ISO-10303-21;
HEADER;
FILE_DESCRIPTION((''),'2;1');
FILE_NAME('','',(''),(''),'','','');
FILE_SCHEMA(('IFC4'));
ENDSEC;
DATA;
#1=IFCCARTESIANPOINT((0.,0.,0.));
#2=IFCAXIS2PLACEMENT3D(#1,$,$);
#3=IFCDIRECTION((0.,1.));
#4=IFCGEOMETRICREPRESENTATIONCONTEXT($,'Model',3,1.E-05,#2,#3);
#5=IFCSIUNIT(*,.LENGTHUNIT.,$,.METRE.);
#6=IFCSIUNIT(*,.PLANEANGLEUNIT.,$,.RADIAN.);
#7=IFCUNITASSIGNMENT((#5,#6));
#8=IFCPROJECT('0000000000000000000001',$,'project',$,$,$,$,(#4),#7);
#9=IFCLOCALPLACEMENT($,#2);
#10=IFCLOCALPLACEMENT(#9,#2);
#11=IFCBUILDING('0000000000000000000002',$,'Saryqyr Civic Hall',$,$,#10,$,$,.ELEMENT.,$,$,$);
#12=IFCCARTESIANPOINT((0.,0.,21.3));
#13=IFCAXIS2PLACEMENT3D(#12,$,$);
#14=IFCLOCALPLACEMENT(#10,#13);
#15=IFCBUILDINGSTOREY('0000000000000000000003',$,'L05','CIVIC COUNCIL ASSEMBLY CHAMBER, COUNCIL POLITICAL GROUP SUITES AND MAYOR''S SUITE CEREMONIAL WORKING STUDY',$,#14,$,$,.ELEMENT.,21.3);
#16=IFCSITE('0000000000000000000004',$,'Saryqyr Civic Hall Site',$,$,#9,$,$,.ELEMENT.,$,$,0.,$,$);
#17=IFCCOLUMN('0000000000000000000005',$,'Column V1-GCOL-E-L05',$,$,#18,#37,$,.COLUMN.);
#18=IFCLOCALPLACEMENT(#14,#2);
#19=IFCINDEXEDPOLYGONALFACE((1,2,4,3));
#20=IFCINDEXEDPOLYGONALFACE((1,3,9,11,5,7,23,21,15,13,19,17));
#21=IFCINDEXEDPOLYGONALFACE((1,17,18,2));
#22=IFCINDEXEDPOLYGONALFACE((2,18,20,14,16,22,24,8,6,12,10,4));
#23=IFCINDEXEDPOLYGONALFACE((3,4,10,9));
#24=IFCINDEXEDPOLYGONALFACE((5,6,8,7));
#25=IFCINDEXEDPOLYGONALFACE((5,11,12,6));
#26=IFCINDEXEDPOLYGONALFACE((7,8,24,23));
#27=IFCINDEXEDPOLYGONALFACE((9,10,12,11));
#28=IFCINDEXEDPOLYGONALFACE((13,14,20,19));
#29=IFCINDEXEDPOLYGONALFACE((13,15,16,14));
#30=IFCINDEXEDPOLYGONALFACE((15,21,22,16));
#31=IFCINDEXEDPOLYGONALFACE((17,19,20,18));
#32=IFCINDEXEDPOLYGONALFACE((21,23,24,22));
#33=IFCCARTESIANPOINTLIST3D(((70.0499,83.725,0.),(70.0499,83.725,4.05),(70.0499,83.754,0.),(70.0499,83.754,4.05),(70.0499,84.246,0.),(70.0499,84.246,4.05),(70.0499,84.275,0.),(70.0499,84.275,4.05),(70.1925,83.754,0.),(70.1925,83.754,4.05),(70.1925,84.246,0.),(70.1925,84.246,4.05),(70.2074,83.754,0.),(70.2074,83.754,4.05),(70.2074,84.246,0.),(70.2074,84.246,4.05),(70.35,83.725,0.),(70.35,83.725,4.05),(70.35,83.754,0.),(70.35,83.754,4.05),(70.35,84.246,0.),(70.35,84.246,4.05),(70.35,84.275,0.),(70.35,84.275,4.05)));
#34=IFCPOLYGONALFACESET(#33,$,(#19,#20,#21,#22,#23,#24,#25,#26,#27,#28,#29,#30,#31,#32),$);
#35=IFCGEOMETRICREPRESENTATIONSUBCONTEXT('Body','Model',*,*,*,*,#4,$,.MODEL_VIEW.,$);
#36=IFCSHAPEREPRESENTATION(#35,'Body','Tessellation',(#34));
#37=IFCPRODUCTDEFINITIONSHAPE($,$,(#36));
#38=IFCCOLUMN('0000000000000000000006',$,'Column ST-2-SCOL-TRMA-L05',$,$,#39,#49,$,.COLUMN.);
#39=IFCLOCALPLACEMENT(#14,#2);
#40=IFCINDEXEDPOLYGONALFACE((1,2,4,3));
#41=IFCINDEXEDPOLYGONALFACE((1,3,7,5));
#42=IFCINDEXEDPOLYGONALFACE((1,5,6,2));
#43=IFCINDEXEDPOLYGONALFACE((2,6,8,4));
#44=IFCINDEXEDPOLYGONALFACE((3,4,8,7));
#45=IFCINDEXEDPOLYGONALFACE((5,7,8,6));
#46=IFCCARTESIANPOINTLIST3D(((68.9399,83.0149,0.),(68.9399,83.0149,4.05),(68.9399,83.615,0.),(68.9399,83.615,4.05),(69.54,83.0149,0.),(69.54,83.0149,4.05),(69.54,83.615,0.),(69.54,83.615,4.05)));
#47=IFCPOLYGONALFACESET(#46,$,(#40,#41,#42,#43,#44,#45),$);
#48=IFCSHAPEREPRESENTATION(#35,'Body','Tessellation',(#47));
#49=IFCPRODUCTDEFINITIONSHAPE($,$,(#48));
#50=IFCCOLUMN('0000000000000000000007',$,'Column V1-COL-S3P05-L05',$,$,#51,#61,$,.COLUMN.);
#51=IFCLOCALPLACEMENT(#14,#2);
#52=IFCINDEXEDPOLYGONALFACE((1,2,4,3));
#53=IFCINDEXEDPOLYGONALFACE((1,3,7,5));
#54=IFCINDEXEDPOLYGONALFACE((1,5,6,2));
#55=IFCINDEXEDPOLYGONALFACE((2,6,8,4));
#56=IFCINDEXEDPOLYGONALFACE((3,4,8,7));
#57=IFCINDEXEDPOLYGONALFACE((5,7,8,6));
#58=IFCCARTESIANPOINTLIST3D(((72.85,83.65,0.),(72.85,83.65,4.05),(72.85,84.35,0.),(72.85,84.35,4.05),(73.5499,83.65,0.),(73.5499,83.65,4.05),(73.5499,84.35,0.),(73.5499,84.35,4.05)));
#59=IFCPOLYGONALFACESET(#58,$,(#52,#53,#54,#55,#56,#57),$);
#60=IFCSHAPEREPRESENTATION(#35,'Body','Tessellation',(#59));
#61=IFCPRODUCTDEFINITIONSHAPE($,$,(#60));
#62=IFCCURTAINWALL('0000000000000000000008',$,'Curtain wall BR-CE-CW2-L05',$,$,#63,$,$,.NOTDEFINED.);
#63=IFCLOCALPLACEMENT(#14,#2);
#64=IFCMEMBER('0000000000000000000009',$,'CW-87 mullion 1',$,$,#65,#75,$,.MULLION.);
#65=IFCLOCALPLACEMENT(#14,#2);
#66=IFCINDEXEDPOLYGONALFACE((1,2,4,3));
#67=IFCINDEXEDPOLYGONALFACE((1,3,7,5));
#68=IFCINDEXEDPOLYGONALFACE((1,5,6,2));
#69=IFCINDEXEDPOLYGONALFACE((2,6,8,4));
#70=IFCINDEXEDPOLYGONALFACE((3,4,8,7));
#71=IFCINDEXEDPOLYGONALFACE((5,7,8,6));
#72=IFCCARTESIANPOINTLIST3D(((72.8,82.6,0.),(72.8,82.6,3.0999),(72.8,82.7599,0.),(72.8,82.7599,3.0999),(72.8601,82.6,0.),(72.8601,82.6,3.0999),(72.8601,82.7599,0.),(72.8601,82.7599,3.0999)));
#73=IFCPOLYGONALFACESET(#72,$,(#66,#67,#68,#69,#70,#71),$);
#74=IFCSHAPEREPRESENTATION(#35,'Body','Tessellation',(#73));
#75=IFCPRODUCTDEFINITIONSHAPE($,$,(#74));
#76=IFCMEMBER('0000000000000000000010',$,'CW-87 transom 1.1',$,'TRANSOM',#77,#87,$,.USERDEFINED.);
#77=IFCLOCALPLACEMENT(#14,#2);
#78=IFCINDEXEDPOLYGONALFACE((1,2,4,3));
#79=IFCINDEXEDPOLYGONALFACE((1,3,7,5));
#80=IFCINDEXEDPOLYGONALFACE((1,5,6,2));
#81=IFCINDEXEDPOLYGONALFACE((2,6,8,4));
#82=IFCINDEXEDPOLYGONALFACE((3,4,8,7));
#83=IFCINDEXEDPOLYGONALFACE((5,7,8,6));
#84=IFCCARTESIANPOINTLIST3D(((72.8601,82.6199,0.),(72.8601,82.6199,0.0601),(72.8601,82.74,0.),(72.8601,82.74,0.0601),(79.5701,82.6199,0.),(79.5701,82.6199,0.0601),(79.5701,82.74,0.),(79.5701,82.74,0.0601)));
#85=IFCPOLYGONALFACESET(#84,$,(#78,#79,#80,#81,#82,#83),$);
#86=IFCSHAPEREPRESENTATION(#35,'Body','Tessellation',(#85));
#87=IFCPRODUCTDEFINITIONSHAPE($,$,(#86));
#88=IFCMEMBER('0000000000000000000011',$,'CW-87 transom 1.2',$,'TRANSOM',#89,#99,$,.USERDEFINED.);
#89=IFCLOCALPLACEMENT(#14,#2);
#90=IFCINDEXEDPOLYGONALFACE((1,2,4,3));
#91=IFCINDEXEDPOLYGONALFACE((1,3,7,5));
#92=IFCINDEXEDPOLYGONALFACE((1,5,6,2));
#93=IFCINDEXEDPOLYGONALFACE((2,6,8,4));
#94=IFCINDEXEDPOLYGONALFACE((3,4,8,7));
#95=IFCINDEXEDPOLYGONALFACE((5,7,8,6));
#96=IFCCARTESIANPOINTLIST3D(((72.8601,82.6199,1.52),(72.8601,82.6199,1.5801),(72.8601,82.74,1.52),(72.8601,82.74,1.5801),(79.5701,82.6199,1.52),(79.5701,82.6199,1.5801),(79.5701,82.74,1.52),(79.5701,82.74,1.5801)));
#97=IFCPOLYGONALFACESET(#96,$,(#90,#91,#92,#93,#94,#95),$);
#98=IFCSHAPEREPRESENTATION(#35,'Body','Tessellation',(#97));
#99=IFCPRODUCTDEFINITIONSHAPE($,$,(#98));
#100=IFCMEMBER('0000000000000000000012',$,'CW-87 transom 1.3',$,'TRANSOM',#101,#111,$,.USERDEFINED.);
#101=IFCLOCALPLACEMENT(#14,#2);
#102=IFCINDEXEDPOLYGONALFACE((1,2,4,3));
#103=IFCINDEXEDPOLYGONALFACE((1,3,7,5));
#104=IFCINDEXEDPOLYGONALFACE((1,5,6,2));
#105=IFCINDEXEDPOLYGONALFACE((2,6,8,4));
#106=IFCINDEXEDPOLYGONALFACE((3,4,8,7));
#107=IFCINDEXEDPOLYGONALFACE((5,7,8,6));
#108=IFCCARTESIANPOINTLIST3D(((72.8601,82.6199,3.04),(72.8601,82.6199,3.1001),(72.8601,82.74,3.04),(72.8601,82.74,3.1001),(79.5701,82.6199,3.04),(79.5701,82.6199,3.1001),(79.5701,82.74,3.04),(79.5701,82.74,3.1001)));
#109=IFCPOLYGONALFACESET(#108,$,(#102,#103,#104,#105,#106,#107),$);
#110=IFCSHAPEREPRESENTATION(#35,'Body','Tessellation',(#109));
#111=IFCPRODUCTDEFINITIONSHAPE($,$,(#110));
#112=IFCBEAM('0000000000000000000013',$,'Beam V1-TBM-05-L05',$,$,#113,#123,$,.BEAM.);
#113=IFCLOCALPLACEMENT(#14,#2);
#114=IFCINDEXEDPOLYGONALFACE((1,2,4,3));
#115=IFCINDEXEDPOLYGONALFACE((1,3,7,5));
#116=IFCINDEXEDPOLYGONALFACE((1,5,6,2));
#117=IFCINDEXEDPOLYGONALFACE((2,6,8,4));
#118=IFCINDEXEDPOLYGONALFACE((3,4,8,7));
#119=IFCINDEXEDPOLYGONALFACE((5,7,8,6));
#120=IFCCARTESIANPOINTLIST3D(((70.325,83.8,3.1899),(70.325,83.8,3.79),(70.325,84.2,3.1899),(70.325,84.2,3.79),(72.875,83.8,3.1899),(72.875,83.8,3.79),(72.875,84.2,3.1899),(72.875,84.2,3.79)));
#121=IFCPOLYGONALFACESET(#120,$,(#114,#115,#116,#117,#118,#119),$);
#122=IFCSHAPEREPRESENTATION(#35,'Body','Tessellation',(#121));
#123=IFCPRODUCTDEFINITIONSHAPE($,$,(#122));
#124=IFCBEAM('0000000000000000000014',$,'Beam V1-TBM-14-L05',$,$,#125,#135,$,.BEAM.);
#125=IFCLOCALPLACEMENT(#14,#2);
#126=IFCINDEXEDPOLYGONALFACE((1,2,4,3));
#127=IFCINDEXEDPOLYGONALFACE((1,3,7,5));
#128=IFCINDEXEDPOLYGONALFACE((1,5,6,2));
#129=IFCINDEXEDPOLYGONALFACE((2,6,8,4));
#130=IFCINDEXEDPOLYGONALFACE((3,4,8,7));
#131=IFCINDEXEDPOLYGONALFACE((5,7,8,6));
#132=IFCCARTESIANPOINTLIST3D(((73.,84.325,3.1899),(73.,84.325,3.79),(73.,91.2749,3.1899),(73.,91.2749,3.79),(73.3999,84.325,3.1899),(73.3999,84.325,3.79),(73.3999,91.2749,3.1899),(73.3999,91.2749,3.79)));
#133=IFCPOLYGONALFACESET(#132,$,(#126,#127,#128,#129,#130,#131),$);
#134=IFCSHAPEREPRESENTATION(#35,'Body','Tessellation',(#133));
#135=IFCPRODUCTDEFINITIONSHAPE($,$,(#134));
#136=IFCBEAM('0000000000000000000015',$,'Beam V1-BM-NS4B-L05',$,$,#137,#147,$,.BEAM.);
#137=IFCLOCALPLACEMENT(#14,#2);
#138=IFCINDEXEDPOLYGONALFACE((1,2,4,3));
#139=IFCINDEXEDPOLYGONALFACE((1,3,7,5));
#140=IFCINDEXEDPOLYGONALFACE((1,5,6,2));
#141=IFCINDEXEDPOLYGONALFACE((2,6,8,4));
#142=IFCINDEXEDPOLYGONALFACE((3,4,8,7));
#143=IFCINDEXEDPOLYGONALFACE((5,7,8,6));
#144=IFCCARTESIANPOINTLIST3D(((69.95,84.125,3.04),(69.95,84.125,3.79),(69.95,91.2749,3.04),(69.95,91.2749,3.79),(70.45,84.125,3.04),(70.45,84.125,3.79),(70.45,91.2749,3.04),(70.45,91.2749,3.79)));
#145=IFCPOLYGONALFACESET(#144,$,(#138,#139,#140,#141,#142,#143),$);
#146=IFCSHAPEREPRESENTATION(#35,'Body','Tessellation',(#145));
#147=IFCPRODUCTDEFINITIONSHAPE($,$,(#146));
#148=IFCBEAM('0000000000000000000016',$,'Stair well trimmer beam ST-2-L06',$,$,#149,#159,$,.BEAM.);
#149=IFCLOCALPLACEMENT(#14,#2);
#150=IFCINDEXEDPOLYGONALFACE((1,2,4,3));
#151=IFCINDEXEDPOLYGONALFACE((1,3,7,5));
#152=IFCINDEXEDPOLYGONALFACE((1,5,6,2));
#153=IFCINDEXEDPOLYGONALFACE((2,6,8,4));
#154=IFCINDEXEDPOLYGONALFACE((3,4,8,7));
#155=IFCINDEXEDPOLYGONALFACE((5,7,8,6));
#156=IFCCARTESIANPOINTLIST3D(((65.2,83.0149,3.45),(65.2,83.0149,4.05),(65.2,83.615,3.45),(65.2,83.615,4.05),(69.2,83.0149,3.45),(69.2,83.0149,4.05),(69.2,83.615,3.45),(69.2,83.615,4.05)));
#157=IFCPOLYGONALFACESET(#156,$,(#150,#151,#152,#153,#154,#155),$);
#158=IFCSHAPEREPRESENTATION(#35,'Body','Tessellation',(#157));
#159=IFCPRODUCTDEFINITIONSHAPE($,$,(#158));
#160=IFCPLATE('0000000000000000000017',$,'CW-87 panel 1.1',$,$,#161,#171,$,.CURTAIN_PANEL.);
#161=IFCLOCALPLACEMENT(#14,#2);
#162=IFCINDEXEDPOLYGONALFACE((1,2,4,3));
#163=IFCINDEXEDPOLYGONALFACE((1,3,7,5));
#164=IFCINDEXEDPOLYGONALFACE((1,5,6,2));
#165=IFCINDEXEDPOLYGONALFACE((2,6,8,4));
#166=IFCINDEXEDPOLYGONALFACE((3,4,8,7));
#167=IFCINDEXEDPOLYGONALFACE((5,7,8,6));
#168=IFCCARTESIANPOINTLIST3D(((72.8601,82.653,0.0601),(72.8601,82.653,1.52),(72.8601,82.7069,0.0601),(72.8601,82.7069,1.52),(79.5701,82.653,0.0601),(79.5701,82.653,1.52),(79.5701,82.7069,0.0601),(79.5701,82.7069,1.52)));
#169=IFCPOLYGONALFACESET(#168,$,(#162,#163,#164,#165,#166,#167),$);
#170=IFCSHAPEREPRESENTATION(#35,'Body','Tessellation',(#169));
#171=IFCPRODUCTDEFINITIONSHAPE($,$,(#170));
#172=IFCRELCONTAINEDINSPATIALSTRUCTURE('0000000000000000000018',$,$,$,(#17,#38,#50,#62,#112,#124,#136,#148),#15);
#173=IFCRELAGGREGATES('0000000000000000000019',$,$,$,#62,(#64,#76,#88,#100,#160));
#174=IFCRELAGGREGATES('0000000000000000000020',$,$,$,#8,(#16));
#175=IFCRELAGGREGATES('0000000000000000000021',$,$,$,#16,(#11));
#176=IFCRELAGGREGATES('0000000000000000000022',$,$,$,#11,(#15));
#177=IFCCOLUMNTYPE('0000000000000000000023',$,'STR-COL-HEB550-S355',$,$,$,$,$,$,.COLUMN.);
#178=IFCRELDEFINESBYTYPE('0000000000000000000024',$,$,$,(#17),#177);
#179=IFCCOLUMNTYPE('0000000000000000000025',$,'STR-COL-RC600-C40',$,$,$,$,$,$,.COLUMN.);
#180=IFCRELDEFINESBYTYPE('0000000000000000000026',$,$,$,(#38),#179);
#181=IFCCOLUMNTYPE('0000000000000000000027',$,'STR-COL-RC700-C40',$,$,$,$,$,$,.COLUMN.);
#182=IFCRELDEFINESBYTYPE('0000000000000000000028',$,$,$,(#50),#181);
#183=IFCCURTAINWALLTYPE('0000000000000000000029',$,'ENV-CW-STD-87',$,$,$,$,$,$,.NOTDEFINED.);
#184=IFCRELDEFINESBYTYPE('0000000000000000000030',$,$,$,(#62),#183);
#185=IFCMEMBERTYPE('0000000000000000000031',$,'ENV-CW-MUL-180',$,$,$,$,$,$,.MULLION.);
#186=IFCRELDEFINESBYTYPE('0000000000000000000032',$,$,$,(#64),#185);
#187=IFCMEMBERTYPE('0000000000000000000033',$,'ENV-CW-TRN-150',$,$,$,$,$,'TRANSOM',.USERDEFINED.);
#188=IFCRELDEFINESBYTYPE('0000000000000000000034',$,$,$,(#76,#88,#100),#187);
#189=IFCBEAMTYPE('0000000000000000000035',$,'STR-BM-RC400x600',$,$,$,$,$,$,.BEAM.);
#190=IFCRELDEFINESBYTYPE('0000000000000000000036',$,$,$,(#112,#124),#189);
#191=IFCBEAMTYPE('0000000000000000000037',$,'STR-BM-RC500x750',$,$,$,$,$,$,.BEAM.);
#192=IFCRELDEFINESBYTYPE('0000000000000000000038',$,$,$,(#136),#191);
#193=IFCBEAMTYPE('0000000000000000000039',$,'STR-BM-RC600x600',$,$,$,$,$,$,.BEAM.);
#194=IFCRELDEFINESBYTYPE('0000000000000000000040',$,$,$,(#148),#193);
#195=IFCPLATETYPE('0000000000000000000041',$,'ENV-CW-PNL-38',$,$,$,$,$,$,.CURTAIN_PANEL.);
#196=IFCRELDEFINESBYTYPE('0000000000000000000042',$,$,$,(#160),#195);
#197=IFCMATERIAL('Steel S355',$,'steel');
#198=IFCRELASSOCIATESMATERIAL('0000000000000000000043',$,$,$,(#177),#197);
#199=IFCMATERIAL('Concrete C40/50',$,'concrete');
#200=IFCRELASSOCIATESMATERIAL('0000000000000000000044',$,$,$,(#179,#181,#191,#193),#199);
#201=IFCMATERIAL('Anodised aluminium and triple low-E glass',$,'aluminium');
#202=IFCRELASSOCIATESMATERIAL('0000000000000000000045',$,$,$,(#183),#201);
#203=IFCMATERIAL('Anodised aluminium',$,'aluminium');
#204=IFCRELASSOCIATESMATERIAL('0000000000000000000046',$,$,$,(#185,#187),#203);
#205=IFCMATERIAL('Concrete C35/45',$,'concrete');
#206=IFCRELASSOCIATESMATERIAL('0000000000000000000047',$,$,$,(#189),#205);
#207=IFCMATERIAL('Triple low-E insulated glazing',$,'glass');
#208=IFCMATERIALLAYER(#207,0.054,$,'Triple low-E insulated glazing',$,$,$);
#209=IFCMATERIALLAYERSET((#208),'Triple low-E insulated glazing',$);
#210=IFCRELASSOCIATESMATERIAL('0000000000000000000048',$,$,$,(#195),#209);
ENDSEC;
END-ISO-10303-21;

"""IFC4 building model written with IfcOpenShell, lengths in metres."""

from ifc_helpers import new_model, si_unit, direction, frame, origin, origin_2d, place, context, subcontext, project, spatial, rectangle, i_section, extrude, material, layer, layer_set, material_profile, profile_set, type_object, element, aggregate, save


model = new_model("IFC4")

# Units and contexts
model_context = context("Model", 3, precision=1e-05, world=origin(), true_north=direction((0.0, 1.0)))
body_context = subcontext(model_context, "Body", "Model", "MODEL_VIEW")
ifc_project = project(units=[si_unit("LENGTHUNIT", "METRE"), si_unit("PLANEANGLEUNIT", "RADIAN")], contexts=[model_context])

# Site, building, storey
site_placement = place(None, origin())
site = spatial("IfcSite", under=ifc_project, at=site_placement, Name="Saryqyr Civic Hall Site", CompositionType="ELEMENT", RefElevation=0.0)
building_placement = place(site_placement, origin())
building = spatial("IfcBuilding", under=site, at=building_placement, Name="Saryqyr Civic Hall", CompositionType="ELEMENT")
storey_placement = place(building_placement, frame((0.0, 0.0, 21.3)))
storey = spatial("IfcBuildingStorey", under=building, at=storey_placement, Name="L05", Description="CIVIC COUNCIL ASSEMBLY CHAMBER, COUNCIL POLITICAL GROUP SUITES AND MAYOR'S SUITE CEREMONIAL WORKING STUDY", CompositionType="ELEMENT", Elevation=21.3)

# Columns
ifc_material_1 = material(Name="Steel S355", Category="steel")
ifc_material_profile_1 = material_profile(ifc_material_1, i_section(OverallWidth=0.3, OverallDepth=0.55, WebThickness=0.0149, FlangeThickness=0.0291, at=origin_2d()), Name="HEB 550")
ifc_profile_set_1 = profile_set([ifc_material_profile_1], Name="Steel S355")
column_type_1 = type_object("IfcColumnType", Name="STR-COL-HEB550-S355", PredefinedType="COLUMN", material=ifc_profile_set_1)
column_1_placement = place(storey_placement, frame((70.2, 84.0, 0.0), z_axis=(0.0, 0.0, 1.0), x_axis=(1.0, 0.0, 0.0)))
element("IfcColumn", 1, at=column_1_placement, inside=storey, type_object=column_type_1, Name="Column V1-GCOL-E-L05", PredefinedType="COLUMN", context=body_context, shape_type="SweptSolid", body=[
    extrude(i_section(OverallWidth=0.3, OverallDepth=0.55, WebThickness=0.0149, FlangeThickness=0.0291, at=origin_2d()), origin(), (0.0, 0.0, 1.0), 4.05),
])
ifc_material_2 = material(Name="Concrete C40/50", Category="concrete")
ifc_material_profile_2 = material_profile(ifc_material_2, rectangle(XDim=0.6001, YDim=0.6001, at=origin_2d()), Name="RC 600x600")
ifc_profile_set_2 = profile_set([ifc_material_profile_2], Name="Concrete C40/50")
column_type_2 = type_object("IfcColumnType", Name="STR-COL-RC600-C40", PredefinedType="COLUMN", material=ifc_profile_set_2)
column_2_placement = place(storey_placement, frame((69.24, 83.3149, 0.0), z_axis=(0.0, 0.0, 1.0), x_axis=(1.0, 0.0, 0.0)))
element("IfcColumn", 2, at=column_2_placement, inside=storey, type_object=column_type_2, Name="Column ST-2-SCOL-TRMA-L05", PredefinedType="COLUMN", context=body_context, shape_type="SweptSolid", body=[
    extrude(rectangle(XDim=0.6001, YDim=0.6001, at=origin_2d()), origin(), (0.0, 0.0, 1.0), 4.05),
])
ifc_material_profile_3 = material_profile(ifc_material_2, rectangle(XDim=0.7, YDim=0.7, at=origin_2d()), Name="RC 700x700")
ifc_profile_set_3 = profile_set([ifc_material_profile_3], Name="Concrete C40/50")
column_type_3 = type_object("IfcColumnType", Name="STR-COL-RC700-C40", PredefinedType="COLUMN", material=ifc_profile_set_3)
column_3_placement = place(storey_placement, frame((73.2, 84.0, 0.0), z_axis=(0.0, 0.0, 1.0), x_axis=(1.0, 0.0, 0.0)))
element("IfcColumn", 3, at=column_3_placement, inside=storey, type_object=column_type_3, Name="Column V1-COL-S3P05-L05", PredefinedType="COLUMN", context=body_context, shape_type="SweptSolid", body=[
    extrude(rectangle(XDim=0.7, YDim=0.7, at=origin_2d()), origin(), (0.0, 0.0, 1.0), 4.05),
])

# Curtain wall, members
ifc_material_3 = material(Name="Anodised aluminium and triple low-E glass", Category="aluminium")
curtain_wall_type = type_object("IfcCurtainWallType", Name="ENV-CW-STD-87", PredefinedType="NOTDEFINED", material=ifc_material_3)
curtain_wall_placement = place(storey_placement, origin())
curtain_wall = element("IfcCurtainWall", 4, at=curtain_wall_placement, inside=storey, type_object=curtain_wall_type, Name="Curtain wall BR-CE-CW2-L05", PredefinedType="NOTDEFINED")
ifc_material_4 = material(Name="Anodised aluminium", Category="aluminium")
ifc_material_profile_4 = material_profile(ifc_material_4, rectangle(XDim=0.0601, YDim=0.1599, at=origin_2d()), Name="ALU MULLION 60x160")
ifc_profile_set_4 = profile_set([ifc_material_profile_4], Name="Anodised aluminium")
member_type_1 = type_object("IfcMemberType", Name="ENV-CW-MUL-180", PredefinedType="MULLION", material=ifc_profile_set_4)
member_1_placement = place(storey_placement, frame((72.8301, 82.6799, 0.0), z_axis=(0.0, 0.0, 1.0), x_axis=(1.0, 0.0, 0.0)))
member_1 = element("IfcMember", 5, at=member_1_placement, type_object=member_type_1, Name="CW-87 mullion 1", PredefinedType="MULLION", context=body_context, shape_type="SweptSolid", body=[
    extrude(rectangle(XDim=0.0601, YDim=0.1599, at=origin_2d()), origin(), (0.0, 0.0, 1.0), 3.0999),
])
ifc_material_profile_5 = material_profile(ifc_material_4, rectangle(XDim=0.1201, YDim=0.0601, at=origin_2d()), Name="ALU TRANSOM 120x60")
ifc_profile_set_5 = profile_set([ifc_material_profile_5], Name="Anodised aluminium")
member_type_2 = type_object("IfcMemberType", Name="ENV-CW-TRN-150", ElementType="TRANSOM", PredefinedType="USERDEFINED", material=ifc_profile_set_5)
member_2_placement = place(storey_placement, frame((72.8601, 82.6799, 0.03), z_axis=(1.0, 0.0, 0.0), x_axis=(0.0, 1.0, 0.0)))
member_2 = element("IfcMember", 6, at=member_2_placement, type_object=member_type_2, Name="CW-87 transom 1.1", ObjectType="TRANSOM", PredefinedType="USERDEFINED", context=body_context, shape_type="SweptSolid", body=[
    extrude(rectangle(XDim=0.1201, YDim=0.0601, at=origin_2d()), origin(), (0.0, 0.0, 1.0), 6.71),
])
member_3_placement = place(storey_placement, frame((72.8601, 82.6799, 1.55), z_axis=(1.0, 0.0, 0.0), x_axis=(0.0, 1.0, 0.0)))
member_3 = element("IfcMember", 7, at=member_3_placement, type_object=member_type_2, Name="CW-87 transom 1.2", ObjectType="TRANSOM", PredefinedType="USERDEFINED", context=body_context, shape_type="SweptSolid", body=[
    extrude(rectangle(XDim=0.1201, YDim=0.0601, at=origin_2d()), origin(), (0.0, 0.0, 1.0), 6.71),
])
member_4_placement = place(storey_placement, frame((72.8601, 82.6799, 3.0701), z_axis=(1.0, 0.0, 0.0), x_axis=(0.0, 1.0, 0.0)))
member_4 = element("IfcMember", 8, at=member_4_placement, type_object=member_type_2, Name="CW-87 transom 1.3", ObjectType="TRANSOM", PredefinedType="USERDEFINED", context=body_context, shape_type="SweptSolid", body=[
    extrude(rectangle(XDim=0.1201, YDim=0.0601, at=origin_2d()), origin(), (0.0, 0.0, 1.0), 6.71),
])

# Beams
ifc_material_5 = material(Name="Concrete C35/45", Category="concrete")
ifc_material_profile_6 = material_profile(ifc_material_5, rectangle(XDim=0.3999, YDim=0.6001, at=origin_2d()), Name="RC 400x600")
ifc_profile_set_6 = profile_set([ifc_material_profile_6], Name="Concrete C35/45")
beam_type_1 = type_object("IfcBeamType", Name="STR-BM-RC400x600", PredefinedType="BEAM", material=ifc_profile_set_6)
beam_1_placement = place(storey_placement, frame((70.325, 84.0, 3.49), z_axis=(1.0, 0.0, 0.0), x_axis=(0.0, 1.0, 0.0)))
element("IfcBeam", 9, at=beam_1_placement, inside=storey, type_object=beam_type_1, Name="Beam V1-TBM-05-L05", PredefinedType="BEAM", context=body_context, shape_type="SweptSolid", body=[
    extrude(rectangle(XDim=0.3999, YDim=0.6001, at=origin_2d()), origin(), (0.0, 0.0, 1.0), 2.55),
])
beam_2_placement = place(storey_placement, frame((73.2, 84.325, 3.49), z_axis=(0.0, 1.0, 0.0), x_axis=(-1.0, 0.0, 0.0)))
element("IfcBeam", 10, at=beam_2_placement, inside=storey, type_object=beam_type_1, Name="Beam V1-TBM-14-L05", PredefinedType="BEAM", context=body_context, shape_type="SweptSolid", body=[
    extrude(rectangle(XDim=0.3999, YDim=0.6001, at=origin_2d()), origin(), (0.0, 0.0, 1.0), 6.95),
])
ifc_material_profile_7 = material_profile(ifc_material_2, rectangle(XDim=0.5, YDim=0.75, at=origin_2d()), Name="RC 500x750")
ifc_profile_set_7 = profile_set([ifc_material_profile_7], Name="Concrete C40/50")
beam_type_2 = type_object("IfcBeamType", Name="STR-BM-RC500x750", PredefinedType="BEAM", material=ifc_profile_set_7)
beam_3_placement = place(storey_placement, frame((70.2, 84.125, 3.415), z_axis=(0.0, 1.0, 0.0), x_axis=(-1.0, 0.0, 0.0)))
element("IfcBeam", 11, at=beam_3_placement, inside=storey, type_object=beam_type_2, Name="Beam V1-BM-NS4B-L05", PredefinedType="BEAM", context=body_context, shape_type="SweptSolid", body=[
    extrude(rectangle(XDim=0.5, YDim=0.75, at=origin_2d()), origin(), (0.0, 0.0, 1.0), 7.1499),
])
ifc_material_profile_8 = material_profile(ifc_material_2, rectangle(XDim=0.6001, YDim=0.6001, at=origin_2d()), Name="RC 600x600")
ifc_profile_set_8 = profile_set([ifc_material_profile_8], Name="Concrete C40/50")
beam_type_3 = type_object("IfcBeamType", Name="STR-BM-RC600x600", PredefinedType="BEAM", material=ifc_profile_set_8)
beam_4_placement = place(storey_placement, frame((69.2, 83.3149, 3.75), z_axis=(-1.0, 0.0, 0.0), x_axis=(0.0, -1.0, 0.0)))
element("IfcBeam", 12, at=beam_4_placement, inside=storey, type_object=beam_type_3, Name="Stair well trimmer beam ST-2-L06", PredefinedType="BEAM", context=body_context, shape_type="SweptSolid", body=[
    extrude(rectangle(XDim=0.6001, YDim=0.6001, at=origin_2d()), origin(), (0.0, 0.0, 1.0), 4.0),
])

# Plate
ifc_material_6 = material(Name="Triple low-E insulated glazing", Category="glass")
ifc_layer_1 = layer(ifc_material_6, 0.054, Name="Triple low-E insulated glazing")
ifc_layer_set_1 = layer_set([ifc_layer_1], Name="Triple low-E insulated glazing")
plate_type = type_object("IfcPlateType", Name="ENV-CW-PNL-38", PredefinedType="CURTAIN_PANEL", material=ifc_layer_set_1)
plate_1_placement = place(storey_placement, frame((76.2151, 82.6799, 0.0601), z_axis=(0.0, 0.0, 1.0), x_axis=(1.0, 0.0, 0.0)))
plate_1 = element("IfcPlate", 13, at=plate_1_placement, type_object=plate_type, Name="CW-87 panel 1.1", PredefinedType="CURTAIN_PANEL", context=body_context, shape_type="SweptSolid", body=[
    extrude(rectangle(XDim=6.71, YDim=0.054, at=origin_2d()), origin(), (0.0, 0.0, 1.0), 1.46),
])
aggregate(curtain_wall, [member_1, member_2, member_3, member_4, plate_1])

save(model, "model.ifc")
